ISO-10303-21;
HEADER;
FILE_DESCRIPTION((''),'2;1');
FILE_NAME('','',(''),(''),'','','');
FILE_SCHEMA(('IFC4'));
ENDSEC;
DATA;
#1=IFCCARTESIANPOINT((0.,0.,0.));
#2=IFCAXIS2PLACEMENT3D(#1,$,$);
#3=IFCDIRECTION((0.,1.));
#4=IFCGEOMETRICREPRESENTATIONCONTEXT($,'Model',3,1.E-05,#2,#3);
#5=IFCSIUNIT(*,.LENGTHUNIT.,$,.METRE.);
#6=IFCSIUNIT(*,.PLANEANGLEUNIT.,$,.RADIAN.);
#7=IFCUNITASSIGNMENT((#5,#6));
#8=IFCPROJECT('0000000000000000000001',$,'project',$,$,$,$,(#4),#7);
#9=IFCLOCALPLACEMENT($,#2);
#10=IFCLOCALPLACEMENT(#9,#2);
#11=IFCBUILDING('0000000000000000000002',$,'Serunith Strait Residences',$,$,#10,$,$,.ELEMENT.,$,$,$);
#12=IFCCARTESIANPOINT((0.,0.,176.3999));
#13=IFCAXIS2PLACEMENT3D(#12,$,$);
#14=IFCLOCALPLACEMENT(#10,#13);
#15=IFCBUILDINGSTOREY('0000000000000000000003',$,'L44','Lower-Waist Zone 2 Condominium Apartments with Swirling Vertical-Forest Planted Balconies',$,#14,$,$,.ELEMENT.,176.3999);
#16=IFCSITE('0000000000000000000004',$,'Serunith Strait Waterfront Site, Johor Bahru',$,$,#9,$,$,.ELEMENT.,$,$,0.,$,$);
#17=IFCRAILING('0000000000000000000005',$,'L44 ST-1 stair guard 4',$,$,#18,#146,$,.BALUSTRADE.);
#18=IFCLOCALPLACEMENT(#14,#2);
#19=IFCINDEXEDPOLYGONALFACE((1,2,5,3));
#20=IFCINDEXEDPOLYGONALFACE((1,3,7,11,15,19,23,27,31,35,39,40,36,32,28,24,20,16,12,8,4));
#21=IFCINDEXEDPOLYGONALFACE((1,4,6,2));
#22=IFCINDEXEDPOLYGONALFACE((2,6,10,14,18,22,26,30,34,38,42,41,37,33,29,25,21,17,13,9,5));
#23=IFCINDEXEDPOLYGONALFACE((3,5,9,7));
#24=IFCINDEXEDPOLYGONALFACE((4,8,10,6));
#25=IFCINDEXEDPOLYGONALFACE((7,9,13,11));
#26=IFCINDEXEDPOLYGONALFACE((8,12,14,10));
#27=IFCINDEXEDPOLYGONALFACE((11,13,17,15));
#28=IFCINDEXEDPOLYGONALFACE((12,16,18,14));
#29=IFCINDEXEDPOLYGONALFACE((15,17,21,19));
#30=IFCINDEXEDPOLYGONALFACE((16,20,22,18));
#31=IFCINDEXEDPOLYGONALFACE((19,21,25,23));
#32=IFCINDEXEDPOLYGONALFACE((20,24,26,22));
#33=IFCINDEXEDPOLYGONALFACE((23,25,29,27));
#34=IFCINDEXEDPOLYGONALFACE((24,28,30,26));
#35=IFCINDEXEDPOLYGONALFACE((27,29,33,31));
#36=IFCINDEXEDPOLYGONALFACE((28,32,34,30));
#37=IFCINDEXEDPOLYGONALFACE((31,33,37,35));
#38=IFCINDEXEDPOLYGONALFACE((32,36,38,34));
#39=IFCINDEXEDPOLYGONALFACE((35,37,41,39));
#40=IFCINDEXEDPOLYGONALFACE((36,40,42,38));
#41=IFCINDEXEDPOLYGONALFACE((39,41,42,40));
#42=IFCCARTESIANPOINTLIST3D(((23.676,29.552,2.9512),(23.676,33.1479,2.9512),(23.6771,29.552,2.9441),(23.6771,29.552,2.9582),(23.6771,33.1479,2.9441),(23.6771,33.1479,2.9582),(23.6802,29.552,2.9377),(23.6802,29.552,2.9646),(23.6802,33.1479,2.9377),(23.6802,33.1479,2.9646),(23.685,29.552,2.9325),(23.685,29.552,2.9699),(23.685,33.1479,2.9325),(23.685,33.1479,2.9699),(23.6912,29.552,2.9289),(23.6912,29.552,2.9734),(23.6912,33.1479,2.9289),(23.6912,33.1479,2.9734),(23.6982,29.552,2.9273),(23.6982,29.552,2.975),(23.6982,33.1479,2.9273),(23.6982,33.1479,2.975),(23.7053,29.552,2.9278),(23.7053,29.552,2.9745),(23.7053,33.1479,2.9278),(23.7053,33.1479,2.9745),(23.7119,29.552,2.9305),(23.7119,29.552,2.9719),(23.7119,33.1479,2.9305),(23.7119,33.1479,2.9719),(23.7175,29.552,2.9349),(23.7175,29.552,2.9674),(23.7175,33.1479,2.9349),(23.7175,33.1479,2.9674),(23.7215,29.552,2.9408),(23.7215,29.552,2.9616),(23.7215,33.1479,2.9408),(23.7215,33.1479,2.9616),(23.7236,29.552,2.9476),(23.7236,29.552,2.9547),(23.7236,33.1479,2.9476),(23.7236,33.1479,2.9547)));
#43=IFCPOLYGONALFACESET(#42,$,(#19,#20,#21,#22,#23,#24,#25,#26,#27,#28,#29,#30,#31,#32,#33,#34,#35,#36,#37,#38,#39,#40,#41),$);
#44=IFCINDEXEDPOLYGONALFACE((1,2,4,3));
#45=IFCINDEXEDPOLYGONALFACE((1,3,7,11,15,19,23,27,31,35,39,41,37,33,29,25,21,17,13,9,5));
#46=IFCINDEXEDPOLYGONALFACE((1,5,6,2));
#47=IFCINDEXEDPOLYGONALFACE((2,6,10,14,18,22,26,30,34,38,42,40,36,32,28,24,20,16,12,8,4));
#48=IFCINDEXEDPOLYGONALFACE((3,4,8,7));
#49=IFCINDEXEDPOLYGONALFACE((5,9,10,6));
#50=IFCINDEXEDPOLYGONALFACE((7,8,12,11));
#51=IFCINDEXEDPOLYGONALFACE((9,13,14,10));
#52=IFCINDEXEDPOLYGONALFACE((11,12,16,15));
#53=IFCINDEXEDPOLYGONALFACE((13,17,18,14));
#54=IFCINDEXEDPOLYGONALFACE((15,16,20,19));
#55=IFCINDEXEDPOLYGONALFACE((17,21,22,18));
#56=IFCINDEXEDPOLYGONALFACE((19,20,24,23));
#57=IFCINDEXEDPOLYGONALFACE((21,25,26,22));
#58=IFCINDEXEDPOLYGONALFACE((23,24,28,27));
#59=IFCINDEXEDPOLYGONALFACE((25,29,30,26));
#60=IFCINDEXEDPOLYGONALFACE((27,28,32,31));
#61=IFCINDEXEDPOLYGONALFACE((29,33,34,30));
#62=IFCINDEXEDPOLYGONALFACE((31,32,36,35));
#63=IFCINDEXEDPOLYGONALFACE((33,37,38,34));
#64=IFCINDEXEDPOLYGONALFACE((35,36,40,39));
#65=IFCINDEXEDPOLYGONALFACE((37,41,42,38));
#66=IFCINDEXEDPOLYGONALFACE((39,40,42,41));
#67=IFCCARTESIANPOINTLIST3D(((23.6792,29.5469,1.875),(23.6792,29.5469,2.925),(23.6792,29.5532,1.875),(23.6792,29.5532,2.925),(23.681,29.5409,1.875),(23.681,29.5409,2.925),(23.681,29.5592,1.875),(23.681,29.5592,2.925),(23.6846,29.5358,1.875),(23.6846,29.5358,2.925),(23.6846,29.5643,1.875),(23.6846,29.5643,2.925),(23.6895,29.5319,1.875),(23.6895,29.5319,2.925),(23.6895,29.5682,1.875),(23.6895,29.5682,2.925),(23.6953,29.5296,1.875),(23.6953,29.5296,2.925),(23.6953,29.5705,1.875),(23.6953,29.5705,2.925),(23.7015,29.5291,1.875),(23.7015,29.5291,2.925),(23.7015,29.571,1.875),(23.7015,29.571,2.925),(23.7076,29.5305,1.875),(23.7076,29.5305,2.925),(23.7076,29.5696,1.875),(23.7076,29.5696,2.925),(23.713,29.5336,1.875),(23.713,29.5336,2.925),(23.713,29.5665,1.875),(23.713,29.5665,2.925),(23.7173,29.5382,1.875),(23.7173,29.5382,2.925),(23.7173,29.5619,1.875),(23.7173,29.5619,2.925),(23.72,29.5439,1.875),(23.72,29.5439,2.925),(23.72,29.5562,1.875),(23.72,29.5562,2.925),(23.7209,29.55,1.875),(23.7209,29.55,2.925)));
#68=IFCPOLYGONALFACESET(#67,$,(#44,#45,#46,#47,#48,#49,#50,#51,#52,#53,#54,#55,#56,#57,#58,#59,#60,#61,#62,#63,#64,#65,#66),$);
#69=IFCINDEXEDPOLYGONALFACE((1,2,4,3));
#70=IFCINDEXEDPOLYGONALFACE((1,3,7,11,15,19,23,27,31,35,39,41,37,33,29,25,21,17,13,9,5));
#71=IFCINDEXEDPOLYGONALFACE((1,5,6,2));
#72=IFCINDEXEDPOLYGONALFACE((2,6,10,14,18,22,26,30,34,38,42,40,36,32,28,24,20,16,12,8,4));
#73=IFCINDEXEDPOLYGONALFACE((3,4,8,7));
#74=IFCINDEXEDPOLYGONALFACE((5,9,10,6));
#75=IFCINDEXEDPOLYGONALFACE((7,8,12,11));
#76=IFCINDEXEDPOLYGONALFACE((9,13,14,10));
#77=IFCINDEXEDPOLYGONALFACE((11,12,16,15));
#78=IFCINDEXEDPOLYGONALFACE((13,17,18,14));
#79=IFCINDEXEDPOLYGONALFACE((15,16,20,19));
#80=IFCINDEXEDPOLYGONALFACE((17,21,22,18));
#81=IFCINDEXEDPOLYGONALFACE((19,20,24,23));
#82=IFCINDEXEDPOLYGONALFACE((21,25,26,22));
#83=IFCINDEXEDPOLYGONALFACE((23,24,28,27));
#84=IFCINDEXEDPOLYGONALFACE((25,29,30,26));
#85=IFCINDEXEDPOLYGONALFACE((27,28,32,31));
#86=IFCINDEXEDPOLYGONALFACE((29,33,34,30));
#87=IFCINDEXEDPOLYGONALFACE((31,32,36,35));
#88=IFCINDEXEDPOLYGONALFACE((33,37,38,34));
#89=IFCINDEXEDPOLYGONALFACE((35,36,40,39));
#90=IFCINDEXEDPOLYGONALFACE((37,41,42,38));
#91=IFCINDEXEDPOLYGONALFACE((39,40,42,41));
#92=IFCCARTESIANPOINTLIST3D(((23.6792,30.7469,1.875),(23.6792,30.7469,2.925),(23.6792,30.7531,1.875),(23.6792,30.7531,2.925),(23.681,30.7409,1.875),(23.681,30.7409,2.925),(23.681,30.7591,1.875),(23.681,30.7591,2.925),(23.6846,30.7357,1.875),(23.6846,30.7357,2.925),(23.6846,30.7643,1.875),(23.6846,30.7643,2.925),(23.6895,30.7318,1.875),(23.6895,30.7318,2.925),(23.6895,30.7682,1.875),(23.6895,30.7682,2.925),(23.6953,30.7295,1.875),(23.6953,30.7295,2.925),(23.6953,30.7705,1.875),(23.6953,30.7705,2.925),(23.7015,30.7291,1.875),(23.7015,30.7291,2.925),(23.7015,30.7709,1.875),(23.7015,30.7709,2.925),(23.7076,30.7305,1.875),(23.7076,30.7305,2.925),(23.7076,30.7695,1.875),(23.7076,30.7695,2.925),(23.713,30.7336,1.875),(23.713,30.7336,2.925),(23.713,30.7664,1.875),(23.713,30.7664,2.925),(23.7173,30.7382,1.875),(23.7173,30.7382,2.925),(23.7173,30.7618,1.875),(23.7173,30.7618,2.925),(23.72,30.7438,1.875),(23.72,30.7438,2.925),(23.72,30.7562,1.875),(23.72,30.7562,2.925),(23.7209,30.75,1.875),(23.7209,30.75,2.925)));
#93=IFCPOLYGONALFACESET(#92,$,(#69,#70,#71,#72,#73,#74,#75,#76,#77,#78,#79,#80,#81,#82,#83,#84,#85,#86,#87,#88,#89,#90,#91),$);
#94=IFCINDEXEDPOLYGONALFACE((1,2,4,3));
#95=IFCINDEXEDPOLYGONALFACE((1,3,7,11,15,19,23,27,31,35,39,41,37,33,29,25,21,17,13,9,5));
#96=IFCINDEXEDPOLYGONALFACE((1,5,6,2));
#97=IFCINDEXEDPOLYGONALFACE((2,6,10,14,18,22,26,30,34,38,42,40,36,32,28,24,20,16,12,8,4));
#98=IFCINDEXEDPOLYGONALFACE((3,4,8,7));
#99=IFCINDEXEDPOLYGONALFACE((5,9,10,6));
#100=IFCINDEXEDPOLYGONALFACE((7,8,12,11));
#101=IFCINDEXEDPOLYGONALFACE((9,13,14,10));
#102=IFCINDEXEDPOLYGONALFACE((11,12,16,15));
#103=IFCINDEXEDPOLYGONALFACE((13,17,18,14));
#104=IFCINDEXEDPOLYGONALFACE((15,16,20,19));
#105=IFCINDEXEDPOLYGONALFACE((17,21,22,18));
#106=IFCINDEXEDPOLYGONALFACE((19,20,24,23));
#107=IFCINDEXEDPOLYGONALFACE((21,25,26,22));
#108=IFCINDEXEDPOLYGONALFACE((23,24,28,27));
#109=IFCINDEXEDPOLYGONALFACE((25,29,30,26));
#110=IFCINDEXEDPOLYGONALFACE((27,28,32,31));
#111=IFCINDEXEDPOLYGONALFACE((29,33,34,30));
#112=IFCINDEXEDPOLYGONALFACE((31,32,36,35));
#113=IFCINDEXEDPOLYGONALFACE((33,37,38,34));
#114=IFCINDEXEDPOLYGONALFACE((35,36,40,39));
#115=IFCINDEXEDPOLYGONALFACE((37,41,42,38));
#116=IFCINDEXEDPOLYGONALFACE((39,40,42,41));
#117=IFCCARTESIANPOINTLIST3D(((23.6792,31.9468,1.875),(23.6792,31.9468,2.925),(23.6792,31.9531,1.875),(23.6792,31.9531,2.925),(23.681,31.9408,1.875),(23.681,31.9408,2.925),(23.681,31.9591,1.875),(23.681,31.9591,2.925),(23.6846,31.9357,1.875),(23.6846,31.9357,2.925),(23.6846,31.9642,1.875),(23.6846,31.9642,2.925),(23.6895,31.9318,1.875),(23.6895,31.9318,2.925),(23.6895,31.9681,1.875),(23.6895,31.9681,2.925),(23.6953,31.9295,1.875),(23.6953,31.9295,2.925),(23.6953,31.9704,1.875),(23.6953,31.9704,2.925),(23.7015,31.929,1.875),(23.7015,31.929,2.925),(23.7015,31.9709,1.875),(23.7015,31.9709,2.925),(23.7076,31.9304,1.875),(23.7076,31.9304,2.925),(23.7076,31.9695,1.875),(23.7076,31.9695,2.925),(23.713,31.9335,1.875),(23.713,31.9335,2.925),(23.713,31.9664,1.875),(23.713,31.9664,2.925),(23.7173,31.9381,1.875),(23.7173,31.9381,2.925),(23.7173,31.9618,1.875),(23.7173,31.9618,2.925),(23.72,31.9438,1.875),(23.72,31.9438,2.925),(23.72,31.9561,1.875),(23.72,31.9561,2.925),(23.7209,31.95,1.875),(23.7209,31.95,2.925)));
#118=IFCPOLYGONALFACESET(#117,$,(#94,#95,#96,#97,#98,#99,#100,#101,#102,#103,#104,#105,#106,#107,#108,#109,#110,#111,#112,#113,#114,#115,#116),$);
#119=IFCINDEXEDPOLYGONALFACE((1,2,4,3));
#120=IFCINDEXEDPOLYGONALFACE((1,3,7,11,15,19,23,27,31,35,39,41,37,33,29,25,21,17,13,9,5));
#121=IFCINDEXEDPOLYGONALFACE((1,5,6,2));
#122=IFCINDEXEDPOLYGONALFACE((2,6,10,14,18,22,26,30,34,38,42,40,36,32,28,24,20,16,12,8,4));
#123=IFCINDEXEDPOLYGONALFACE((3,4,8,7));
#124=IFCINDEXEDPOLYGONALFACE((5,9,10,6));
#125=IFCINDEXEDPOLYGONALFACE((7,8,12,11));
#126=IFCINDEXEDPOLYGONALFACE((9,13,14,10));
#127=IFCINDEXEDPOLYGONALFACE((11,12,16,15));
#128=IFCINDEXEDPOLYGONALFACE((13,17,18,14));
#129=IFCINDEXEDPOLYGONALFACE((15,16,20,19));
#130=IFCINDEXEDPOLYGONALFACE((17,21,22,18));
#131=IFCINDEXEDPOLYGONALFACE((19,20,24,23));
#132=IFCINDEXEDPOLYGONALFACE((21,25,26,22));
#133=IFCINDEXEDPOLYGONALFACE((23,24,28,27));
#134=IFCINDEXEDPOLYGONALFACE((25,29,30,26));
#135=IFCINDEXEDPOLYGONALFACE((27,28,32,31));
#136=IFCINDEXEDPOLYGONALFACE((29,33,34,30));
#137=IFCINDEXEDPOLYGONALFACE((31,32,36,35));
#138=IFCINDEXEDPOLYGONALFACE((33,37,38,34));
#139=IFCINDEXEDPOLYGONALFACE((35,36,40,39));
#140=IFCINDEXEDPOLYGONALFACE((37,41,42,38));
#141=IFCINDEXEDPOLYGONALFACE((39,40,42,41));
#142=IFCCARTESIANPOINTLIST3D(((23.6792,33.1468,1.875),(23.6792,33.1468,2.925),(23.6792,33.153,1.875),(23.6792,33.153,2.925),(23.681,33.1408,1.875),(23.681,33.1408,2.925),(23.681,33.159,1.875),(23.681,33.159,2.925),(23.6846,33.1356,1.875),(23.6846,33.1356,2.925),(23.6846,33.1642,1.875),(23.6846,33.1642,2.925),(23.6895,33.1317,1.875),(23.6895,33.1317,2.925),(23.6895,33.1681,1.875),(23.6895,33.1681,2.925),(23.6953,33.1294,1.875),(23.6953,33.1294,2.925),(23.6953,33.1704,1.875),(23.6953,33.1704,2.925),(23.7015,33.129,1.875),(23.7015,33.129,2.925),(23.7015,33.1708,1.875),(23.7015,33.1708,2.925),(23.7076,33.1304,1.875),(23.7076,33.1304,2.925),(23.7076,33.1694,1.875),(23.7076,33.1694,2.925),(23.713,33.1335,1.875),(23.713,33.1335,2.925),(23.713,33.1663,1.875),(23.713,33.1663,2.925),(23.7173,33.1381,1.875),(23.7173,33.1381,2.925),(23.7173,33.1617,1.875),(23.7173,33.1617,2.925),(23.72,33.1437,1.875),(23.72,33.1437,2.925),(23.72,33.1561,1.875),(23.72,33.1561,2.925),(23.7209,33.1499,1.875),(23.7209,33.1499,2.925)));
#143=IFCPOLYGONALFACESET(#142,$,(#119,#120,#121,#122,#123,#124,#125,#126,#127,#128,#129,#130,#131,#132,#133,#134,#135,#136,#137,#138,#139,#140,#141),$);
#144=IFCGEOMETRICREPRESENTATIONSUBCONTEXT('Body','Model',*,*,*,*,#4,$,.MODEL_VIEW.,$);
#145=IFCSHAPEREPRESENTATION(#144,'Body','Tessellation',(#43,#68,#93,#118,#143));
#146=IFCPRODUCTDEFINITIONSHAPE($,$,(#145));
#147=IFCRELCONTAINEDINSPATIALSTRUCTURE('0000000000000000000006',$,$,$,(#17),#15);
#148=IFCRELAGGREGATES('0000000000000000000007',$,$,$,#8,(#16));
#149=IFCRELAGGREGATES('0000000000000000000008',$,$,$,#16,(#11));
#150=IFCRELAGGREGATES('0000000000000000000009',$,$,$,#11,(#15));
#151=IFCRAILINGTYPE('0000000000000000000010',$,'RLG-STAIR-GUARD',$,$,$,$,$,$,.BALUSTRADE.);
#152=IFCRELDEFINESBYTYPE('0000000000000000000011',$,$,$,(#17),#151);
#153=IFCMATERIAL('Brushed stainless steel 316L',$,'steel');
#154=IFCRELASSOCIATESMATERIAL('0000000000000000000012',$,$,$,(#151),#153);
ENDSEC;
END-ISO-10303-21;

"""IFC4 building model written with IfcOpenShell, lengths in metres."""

from ifc_helpers import new_model, si_unit, direction, frame, origin, origin_2d, place, context, subcontext, project, spatial, circle, extrude, material, type_object, element, save


model = new_model("IFC4")

# Units and contexts
model_context = context("Model", 3, precision=1e-05, world=origin(), true_north=direction((0.0, 1.0)))
body_context = subcontext(model_context, "Body", "Model", "MODEL_VIEW")
ifc_project = project(units=[si_unit("LENGTHUNIT", "METRE"), si_unit("PLANEANGLEUNIT", "RADIAN")], contexts=[model_context])

# Site, building, storey
site_placement = place(None, origin())
site = spatial("IfcSite", under=ifc_project, at=site_placement, Name="Serunith Strait Waterfront Site, Johor Bahru", CompositionType="ELEMENT", RefElevation=0.0)
building_placement = place(site_placement, origin())
building = spatial("IfcBuilding", under=site, at=building_placement, Name="Serunith Strait Residences", CompositionType="ELEMENT")
storey_placement = place(building_placement, frame((0.0, 0.0, 176.3999)))
storey = spatial("IfcBuildingStorey", under=building, at=storey_placement, Name="L44", Description="Lower-Waist Zone 2 Condominium Apartments with Swirling Vertical-Forest Planted Balconies", CompositionType="ELEMENT", Elevation=176.3999)

# Railing
ifc_material_1 = material(Name="Brushed stainless steel 316L", Category="steel")
railing_type_1 = type_object("IfcRailingType", Name="RLG-STAIR-GUARD", PredefinedType="BALUSTRADE", material=ifc_material_1)
for number, where, name in (
    (1, (23.7, 29.55, 1.875), "L44 ST-1 stair guard 4"),
):
    element("IfcRailing", number, at=place(storey_placement, frame(where)), inside=storey, type_object=railing_type_1, Name=name, PredefinedType="BALUSTRADE", context=body_context, shape_type="SweptSolid", body=[
        extrude(circle(Radius=0.0239, at=origin_2d()), frame((0.0, 0.002, 1.0762), z_axis=(0.0, 1.0, 0.0), x_axis=(-1.0, 0.0, 0.0)), (0.0, 0.0, 1.0), 3.5959),
        extrude(circle(Radius=0.021, at=origin_2d()), origin(), (0.0, 0.0, 1.0), 1.05),
        extrude(circle(Radius=0.021, at=origin_2d()), frame((0.0, 1.2, 0.0)), (0.0, 0.0, 1.0), 1.05),
        extrude(circle(Radius=0.021, at=origin_2d()), frame((0.0, 2.3999, 0.0)), (0.0, 0.0, 1.0), 1.05),
        extrude(circle(Radius=0.021, at=origin_2d()), frame((0.0, 3.5999, 0.0)), (0.0, 0.0, 1.0), 1.05),
    ])

save(model, "model.ifc")
